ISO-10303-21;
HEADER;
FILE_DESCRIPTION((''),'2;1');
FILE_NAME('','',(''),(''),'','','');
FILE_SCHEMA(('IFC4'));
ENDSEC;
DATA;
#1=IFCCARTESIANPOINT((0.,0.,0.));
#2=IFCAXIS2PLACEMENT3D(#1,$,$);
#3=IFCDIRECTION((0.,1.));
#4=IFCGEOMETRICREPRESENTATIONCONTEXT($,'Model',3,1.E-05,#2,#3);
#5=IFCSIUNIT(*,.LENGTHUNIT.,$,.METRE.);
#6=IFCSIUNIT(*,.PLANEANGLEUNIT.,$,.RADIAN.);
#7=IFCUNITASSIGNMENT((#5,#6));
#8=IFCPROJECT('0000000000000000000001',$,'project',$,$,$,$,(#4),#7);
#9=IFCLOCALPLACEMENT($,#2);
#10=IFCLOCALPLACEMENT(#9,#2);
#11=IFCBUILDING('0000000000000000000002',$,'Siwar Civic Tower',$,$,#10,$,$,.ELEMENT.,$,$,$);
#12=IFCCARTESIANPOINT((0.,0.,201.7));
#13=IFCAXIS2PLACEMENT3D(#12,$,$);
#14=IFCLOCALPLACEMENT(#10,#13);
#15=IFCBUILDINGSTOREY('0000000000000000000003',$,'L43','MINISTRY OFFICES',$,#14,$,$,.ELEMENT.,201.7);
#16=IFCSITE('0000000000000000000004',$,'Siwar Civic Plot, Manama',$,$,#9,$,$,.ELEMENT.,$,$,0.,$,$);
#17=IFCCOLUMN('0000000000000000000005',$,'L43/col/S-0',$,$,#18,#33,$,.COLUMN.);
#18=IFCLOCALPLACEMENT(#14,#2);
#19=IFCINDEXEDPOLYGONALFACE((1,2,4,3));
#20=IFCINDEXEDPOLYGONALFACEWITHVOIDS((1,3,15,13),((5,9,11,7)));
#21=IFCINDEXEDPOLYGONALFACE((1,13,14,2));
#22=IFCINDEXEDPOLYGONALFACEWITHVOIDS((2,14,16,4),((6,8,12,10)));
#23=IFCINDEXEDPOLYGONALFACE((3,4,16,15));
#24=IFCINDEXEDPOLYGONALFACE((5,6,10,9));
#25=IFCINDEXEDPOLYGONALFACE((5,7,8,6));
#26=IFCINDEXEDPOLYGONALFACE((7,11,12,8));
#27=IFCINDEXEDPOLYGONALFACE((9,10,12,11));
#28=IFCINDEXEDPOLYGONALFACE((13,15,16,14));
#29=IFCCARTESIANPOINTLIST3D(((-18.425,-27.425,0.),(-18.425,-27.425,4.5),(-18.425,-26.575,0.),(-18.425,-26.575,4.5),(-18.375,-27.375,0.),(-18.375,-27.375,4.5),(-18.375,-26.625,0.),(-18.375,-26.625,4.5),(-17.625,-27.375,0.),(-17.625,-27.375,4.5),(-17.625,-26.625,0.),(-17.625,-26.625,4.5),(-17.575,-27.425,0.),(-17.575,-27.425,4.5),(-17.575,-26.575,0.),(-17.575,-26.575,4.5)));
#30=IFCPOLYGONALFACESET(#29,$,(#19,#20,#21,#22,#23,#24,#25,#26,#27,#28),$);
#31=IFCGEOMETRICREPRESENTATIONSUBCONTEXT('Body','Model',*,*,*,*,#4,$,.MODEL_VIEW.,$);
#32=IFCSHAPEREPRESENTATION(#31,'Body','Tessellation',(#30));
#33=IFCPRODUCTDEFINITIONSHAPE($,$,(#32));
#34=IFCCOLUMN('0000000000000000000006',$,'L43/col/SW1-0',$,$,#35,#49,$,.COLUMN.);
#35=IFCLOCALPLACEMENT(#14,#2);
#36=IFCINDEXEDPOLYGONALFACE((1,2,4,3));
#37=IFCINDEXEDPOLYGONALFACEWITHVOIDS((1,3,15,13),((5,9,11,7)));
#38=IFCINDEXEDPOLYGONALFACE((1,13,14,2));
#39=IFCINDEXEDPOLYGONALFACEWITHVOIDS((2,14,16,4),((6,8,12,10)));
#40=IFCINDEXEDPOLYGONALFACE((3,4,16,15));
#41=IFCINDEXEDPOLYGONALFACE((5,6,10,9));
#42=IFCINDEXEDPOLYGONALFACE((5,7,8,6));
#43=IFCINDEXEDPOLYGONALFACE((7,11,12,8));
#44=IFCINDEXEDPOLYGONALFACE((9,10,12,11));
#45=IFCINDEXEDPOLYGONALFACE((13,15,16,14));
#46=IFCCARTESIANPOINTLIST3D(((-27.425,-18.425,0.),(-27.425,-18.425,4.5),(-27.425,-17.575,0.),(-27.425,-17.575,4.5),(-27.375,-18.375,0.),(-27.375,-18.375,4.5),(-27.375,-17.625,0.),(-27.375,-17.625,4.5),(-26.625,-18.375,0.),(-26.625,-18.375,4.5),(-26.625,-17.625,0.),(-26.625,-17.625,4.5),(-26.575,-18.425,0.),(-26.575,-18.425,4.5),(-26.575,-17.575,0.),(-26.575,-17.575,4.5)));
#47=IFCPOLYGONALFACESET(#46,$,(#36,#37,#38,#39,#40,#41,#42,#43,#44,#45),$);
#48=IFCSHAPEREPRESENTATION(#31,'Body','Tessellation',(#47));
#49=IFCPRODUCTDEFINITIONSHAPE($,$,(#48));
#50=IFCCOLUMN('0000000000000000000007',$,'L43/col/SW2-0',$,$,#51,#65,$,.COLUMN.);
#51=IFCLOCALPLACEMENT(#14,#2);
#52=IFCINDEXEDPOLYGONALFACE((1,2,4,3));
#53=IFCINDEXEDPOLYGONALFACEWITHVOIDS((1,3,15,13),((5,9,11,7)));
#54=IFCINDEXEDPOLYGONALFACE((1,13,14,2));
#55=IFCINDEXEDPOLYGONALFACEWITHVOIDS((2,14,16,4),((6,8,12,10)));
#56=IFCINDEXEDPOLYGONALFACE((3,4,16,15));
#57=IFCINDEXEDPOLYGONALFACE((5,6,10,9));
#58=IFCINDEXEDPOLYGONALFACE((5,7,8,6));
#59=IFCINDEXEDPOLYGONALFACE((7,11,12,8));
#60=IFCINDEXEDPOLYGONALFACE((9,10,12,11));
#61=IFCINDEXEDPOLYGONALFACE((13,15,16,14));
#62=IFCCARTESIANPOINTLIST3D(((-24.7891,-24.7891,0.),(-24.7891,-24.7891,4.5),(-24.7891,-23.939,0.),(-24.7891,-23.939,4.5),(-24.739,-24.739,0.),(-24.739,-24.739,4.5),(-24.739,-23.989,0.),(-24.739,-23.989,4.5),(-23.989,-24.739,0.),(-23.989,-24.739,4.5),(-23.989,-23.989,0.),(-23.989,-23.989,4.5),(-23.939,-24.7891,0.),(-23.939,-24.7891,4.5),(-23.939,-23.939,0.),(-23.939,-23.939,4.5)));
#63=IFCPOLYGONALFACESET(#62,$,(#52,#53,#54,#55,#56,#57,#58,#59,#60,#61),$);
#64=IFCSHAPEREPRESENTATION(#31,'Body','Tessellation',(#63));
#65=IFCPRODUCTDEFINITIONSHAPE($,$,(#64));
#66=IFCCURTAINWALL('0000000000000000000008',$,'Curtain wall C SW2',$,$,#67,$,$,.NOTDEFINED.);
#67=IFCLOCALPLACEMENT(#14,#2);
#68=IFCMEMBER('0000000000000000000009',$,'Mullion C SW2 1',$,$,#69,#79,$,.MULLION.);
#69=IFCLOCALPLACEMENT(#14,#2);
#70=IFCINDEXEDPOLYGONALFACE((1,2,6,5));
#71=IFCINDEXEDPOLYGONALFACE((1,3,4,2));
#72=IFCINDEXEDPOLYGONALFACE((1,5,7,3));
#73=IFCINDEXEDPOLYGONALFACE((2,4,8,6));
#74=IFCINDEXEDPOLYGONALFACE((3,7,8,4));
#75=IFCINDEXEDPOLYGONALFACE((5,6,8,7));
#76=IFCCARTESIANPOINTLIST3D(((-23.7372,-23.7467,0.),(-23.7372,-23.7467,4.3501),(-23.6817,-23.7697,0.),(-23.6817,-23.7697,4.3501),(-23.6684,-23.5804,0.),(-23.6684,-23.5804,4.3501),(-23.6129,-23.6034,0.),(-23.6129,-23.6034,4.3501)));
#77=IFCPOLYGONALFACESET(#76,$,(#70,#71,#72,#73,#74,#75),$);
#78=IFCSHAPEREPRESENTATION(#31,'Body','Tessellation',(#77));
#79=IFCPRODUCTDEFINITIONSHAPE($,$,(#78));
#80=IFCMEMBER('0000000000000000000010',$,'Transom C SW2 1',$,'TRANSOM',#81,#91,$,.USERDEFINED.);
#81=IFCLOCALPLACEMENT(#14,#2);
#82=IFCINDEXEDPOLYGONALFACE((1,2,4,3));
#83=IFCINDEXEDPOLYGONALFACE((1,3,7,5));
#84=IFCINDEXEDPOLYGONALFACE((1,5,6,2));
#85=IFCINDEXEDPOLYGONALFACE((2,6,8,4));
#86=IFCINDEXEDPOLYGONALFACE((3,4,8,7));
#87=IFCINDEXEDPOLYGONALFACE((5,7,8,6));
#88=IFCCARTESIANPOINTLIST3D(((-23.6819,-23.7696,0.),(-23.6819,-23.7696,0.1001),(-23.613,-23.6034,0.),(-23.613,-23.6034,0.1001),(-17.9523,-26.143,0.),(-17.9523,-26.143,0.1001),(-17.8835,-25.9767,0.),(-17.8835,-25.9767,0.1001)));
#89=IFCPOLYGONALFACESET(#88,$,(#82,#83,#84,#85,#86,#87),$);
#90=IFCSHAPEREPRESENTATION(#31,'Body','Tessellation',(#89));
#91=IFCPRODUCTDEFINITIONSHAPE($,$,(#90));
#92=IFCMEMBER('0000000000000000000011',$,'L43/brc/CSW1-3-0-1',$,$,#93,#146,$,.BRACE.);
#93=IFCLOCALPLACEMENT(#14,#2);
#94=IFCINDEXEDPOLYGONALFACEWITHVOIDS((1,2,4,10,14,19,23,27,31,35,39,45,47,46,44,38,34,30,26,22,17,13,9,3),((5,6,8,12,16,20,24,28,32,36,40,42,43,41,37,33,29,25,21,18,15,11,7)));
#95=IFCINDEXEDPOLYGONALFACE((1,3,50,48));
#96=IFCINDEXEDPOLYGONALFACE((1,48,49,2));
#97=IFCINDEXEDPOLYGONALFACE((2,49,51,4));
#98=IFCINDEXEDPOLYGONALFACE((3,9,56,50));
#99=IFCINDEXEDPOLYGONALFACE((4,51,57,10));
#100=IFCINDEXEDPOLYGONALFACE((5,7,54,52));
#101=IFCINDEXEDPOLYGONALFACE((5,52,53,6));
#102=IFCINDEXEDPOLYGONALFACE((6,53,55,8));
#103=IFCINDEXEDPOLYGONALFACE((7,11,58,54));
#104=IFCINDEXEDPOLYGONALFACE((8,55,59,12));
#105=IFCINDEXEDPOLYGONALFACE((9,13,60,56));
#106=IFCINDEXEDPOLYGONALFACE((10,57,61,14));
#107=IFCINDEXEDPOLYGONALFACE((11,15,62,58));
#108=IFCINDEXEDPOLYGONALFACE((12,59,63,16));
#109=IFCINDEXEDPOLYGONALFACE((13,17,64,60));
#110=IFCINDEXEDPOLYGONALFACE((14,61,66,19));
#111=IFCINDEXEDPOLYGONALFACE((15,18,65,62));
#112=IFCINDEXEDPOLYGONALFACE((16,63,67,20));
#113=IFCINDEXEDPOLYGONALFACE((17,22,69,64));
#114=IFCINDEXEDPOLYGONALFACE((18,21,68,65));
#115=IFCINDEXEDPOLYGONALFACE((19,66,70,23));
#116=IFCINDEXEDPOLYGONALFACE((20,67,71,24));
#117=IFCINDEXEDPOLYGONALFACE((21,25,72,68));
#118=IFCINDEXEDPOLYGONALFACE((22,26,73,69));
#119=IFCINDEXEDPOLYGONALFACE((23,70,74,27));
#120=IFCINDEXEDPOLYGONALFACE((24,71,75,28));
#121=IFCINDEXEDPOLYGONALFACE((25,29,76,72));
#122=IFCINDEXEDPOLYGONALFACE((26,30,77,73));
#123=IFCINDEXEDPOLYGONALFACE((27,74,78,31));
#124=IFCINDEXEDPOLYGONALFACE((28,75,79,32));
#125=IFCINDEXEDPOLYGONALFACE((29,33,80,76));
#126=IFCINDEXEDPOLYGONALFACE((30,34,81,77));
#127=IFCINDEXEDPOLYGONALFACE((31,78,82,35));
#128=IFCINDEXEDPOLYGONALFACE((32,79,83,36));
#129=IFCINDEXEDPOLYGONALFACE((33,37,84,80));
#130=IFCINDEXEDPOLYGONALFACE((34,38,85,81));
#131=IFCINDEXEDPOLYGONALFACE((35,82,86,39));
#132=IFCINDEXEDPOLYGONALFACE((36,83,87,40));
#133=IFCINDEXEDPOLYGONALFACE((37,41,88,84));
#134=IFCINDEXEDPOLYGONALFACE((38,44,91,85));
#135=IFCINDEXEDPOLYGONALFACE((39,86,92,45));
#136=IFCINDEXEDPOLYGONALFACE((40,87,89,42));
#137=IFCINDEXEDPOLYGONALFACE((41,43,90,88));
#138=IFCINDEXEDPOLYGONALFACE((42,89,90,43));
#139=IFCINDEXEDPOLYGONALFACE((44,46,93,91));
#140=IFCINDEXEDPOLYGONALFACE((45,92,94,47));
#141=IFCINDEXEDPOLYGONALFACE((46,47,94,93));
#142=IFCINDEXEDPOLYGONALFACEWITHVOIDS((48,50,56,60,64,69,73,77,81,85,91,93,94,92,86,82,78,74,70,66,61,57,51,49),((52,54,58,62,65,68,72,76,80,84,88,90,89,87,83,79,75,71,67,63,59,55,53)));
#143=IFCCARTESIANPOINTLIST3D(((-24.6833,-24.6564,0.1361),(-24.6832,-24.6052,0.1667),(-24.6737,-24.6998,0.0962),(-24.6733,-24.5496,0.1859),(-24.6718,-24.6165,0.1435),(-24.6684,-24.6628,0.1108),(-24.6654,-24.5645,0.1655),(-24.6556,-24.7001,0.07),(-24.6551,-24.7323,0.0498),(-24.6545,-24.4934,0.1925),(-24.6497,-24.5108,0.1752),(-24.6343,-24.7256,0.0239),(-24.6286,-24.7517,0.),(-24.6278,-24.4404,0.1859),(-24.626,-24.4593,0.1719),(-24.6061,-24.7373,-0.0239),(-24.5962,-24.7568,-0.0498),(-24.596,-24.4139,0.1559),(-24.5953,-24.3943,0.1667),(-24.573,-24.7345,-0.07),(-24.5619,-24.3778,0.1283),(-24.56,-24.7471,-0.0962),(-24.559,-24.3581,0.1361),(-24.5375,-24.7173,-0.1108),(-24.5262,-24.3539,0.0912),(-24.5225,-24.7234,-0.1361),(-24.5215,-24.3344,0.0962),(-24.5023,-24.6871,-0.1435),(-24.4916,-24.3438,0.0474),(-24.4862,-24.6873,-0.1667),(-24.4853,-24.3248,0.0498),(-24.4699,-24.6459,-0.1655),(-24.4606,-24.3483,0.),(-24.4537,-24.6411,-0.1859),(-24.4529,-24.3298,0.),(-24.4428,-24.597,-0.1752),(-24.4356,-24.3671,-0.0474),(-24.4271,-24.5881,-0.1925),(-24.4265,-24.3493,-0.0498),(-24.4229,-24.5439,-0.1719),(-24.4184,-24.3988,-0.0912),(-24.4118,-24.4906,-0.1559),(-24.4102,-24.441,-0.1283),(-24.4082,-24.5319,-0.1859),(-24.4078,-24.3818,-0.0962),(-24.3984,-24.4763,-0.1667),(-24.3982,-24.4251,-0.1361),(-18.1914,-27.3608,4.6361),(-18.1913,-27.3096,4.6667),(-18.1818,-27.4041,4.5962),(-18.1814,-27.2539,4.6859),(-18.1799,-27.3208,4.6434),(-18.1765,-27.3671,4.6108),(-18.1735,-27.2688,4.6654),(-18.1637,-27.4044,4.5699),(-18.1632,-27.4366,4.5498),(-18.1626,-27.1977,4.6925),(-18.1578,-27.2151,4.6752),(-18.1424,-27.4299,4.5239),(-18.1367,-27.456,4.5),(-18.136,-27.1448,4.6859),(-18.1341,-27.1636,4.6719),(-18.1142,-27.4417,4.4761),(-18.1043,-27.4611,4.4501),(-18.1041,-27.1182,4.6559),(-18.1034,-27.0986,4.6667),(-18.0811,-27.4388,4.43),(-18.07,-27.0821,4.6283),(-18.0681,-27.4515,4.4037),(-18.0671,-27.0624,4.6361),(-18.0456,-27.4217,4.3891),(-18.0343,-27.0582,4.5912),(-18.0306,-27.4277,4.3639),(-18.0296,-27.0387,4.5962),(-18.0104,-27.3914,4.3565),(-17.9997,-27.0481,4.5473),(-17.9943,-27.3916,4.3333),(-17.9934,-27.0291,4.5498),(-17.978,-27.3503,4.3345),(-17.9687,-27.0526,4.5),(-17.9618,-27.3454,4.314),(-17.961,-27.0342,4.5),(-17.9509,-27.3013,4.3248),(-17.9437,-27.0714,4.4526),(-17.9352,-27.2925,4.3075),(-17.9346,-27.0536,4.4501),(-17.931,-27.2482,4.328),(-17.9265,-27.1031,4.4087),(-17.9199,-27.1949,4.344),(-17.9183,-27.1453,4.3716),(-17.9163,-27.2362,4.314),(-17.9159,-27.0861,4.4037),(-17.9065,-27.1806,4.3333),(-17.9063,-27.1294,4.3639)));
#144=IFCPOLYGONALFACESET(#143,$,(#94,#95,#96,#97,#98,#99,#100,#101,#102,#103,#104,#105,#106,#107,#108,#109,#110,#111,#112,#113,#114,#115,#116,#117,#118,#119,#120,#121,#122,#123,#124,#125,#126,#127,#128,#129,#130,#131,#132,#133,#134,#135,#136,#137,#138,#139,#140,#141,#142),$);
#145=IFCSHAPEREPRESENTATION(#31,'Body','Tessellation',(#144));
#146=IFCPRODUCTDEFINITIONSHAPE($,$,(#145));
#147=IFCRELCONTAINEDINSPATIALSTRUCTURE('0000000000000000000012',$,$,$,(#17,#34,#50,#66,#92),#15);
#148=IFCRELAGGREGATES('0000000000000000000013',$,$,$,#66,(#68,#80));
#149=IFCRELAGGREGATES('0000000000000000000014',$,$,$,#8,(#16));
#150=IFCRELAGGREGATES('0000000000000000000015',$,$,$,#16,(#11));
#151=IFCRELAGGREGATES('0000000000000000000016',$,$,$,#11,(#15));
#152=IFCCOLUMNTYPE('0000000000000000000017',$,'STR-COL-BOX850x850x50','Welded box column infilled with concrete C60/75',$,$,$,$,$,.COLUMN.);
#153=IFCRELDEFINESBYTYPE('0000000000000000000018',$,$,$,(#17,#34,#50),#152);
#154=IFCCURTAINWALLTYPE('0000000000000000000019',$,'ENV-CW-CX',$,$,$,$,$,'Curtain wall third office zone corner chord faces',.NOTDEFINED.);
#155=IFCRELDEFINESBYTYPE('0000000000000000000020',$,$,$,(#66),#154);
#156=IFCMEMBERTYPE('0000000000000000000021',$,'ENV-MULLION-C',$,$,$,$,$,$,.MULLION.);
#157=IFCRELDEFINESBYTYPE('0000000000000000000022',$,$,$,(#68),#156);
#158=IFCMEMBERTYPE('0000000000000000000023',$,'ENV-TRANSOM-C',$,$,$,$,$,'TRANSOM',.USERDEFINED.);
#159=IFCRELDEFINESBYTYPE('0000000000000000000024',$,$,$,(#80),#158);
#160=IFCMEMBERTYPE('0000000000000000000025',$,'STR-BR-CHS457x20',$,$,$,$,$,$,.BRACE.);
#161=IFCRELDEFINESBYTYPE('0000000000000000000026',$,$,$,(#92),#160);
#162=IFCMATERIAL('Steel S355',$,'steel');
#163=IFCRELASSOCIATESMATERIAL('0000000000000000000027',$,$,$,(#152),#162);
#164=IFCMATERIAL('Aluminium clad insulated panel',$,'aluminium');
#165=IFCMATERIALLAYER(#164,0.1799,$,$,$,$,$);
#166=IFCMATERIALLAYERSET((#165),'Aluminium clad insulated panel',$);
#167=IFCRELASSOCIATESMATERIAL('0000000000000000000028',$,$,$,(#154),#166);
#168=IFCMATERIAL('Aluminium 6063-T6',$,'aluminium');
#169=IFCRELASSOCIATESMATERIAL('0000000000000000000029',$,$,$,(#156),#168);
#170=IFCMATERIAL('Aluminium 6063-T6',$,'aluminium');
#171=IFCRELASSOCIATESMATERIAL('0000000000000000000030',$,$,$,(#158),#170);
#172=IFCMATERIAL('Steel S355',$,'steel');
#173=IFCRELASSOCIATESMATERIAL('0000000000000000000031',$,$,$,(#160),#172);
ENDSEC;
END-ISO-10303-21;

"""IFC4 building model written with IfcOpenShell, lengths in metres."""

from ifc_helpers import new_model, si_unit, direction, frame, origin, origin_2d, place, context, subcontext, project, spatial, rectangle, hollow_rectangle, hollow_circle, extrude, material, layer, layer_set, material_profile, profile_set, type_object, element, aggregate, save


model = new_model("IFC4")

# Units and contexts
model_context = context("Model", 3, precision=1e-05, world=origin(), true_north=direction((0.0, 1.0)))
body_context = subcontext(model_context, "Body", "Model", "MODEL_VIEW")
ifc_project = project(units=[si_unit("LENGTHUNIT", "METRE"), si_unit("PLANEANGLEUNIT", "RADIAN")], contexts=[model_context])

# Site, building, storey
site_placement = place(None, origin())
site = spatial("IfcSite", under=ifc_project, at=site_placement, Name="Siwar Civic Plot, Manama", CompositionType="ELEMENT", RefElevation=0.0)
building_placement = place(site_placement, origin())
building = spatial("IfcBuilding", under=site, at=building_placement, Name="Siwar Civic Tower", CompositionType="ELEMENT")
storey_placement = place(building_placement, frame((0.0, 0.0, 201.7)))
storey = spatial("IfcBuildingStorey", under=building, at=storey_placement, Name="L43", Description="MINISTRY OFFICES", CompositionType="ELEMENT", Elevation=201.7)

# Columns
ifc_material_1 = material(Name="Steel S355", Category="steel")
ifc_material_profile_1 = material_profile(ifc_material_1, hollow_rectangle(XDim=0.8501, YDim=0.8501, WallThickness=0.05, at=origin_2d()), Name="BOX850x850x50")
ifc_profile_set_1 = profile_set([ifc_material_profile_1], Name="Steel S355")
column_type = type_object("IfcColumnType", Name="STR-COL-BOX850x850x50", Description="Welded box column infilled with concrete C60/75", PredefinedType="COLUMN", material=ifc_profile_set_1)
for number, where, z_axis, x_axis, name in (
    (1, (-18.0, -27.0, 0.0), (0.0, 0.0, 1.0), (1.0, 0.0, 0.0), "L43/col/S-0"),
    (2, (-27.0, -18.0, 0.0), (0.0, 0.0, 1.0), (1.0, 0.0, 0.0), "L43/col/SW1-0"),
    (3, (-24.364, -24.364, 0.0), (0.0, 0.0, 1.0), (1.0, 0.0, 0.0), "L43/col/SW2-0"),
):
    element("IfcColumn", number, at=place(storey_placement, frame(where, z_axis=z_axis, x_axis=x_axis)), inside=storey, type_object=column_type, Name=name, PredefinedType="COLUMN", context=body_context, shape_type="SweptSolid", body=[
        extrude(hollow_rectangle(XDim=0.8501, YDim=0.8501, WallThickness=0.05, at=origin_2d()), origin(), (0.0, 0.0, 1.0), 4.5),
    ])

# Curtain wall, members
ifc_material_2 = material(Name="Aluminium clad insulated panel", Category="aluminium")
ifc_layer_1 = layer(ifc_material_2, 0.1799)
ifc_layer_set_1 = layer_set([ifc_layer_1], Name="Aluminium clad insulated panel")
curtain_wall_type = type_object("IfcCurtainWallType", Name="ENV-CW-CX", ElementType="Curtain wall third office zone corner chord faces", PredefinedType="NOTDEFINED", material=ifc_layer_set_1)
curtain_wall_1_placement = place(storey_placement, origin())
curtain_wall_1 = element("IfcCurtainWall", 4, at=curtain_wall_1_placement, inside=storey, type_object=curtain_wall_type, Name="Curtain wall C SW2", PredefinedType="NOTDEFINED")
ifc_material_3 = material(Name="Aluminium 6063-T6", Category="aluminium")
ifc_material_profile_2 = material_profile(ifc_material_3, rectangle(XDim=0.1799, YDim=0.0601, at=origin_2d()), Name="AL 180x60")
ifc_profile_set_2 = profile_set([ifc_material_profile_2], Name="Aluminium 6063-T6")
member_type_1 = type_object("IfcMemberType", Name="ENV-MULLION-C", PredefinedType="MULLION", material=ifc_profile_set_2)
member_1_placement = place(storey_placement, frame((-23.675, -23.675, 0.0), z_axis=(0.0, 0.0, 1.0), x_axis=(0.382683, 0.92388, 0.0)))
member_1 = element("IfcMember", 5, at=member_1_placement, type_object=member_type_1, Name="Mullion C SW2 1", PredefinedType="MULLION", context=body_context, shape_type="SweptSolid", body=[
    extrude(rectangle(XDim=0.1799, YDim=0.0601, at=origin_2d()), origin(), (0.0, 0.0, 1.0), 4.3501),
])
ifc_material_4 = material(Name="Aluminium 6063-T6", Category="aluminium")
ifc_material_profile_3 = material_profile(ifc_material_4, rectangle(XDim=0.1799, YDim=0.1001, at=origin_2d()), Name="AL 180x100")
ifc_profile_set_3 = profile_set([ifc_material_profile_3], Name="Aluminium 6063-T6")
member_type_2 = type_object("IfcMemberType", Name="ENV-TRANSOM-C", ElementType="TRANSOM", PredefinedType="USERDEFINED", material=ifc_profile_set_3)
member_2_placement = place(storey_placement, frame((-23.6475, -23.6865, 0.05), z_axis=(0.923876, -0.382691, 0.0), x_axis=(0.382691, 0.923876, 0.0)))
member_2 = element("IfcMember", 6, at=member_2_placement, type_object=member_type_2, Name="Transom C SW2 1", ObjectType="TRANSOM", PredefinedType="USERDEFINED", context=body_context, shape_type="SweptSolid", body=[
    extrude(rectangle(XDim=0.1799, YDim=0.1001, at=origin_2d()), origin(), (0.0, 0.0, 1.0), 6.2017),
])

# Member
ifc_material_5 = material(Name="Steel S355", Category="steel")
ifc_material_profile_4 = material_profile(ifc_material_5, hollow_circle(Radius=0.2285, WallThickness=0.02, at=origin_2d()), Name="CHS457x20")
ifc_profile_set_4 = profile_set([ifc_material_profile_4], Name="Steel S355")
member_type_3 = type_object("IfcMemberType", Name="STR-BR-CHS457x20", PredefinedType="BRACE", material=ifc_profile_set_4)
member_3_placement = place(storey_placement, frame((-24.5408, -24.5408, 0.0), z_axis=(0.777555, -0.323906, 0.538975), x_axis=(0.384539, 0.923109, 0.0)))
element("IfcMember", 7, at=member_3_placement, inside=storey, type_object=member_type_3, Name="L43/brc/CSW1-3-0-1", PredefinedType="BRACE", context=body_context, shape_type="SweptSolid", body=[
    extrude(hollow_circle(Radius=0.2285, WallThickness=0.02, at=origin_2d()), origin(), (0.0, 0.0, 1.0), 8.3491),
])

aggregate(curtain_wall_1, [member_1, member_2])

save(model, "model.ifc")
